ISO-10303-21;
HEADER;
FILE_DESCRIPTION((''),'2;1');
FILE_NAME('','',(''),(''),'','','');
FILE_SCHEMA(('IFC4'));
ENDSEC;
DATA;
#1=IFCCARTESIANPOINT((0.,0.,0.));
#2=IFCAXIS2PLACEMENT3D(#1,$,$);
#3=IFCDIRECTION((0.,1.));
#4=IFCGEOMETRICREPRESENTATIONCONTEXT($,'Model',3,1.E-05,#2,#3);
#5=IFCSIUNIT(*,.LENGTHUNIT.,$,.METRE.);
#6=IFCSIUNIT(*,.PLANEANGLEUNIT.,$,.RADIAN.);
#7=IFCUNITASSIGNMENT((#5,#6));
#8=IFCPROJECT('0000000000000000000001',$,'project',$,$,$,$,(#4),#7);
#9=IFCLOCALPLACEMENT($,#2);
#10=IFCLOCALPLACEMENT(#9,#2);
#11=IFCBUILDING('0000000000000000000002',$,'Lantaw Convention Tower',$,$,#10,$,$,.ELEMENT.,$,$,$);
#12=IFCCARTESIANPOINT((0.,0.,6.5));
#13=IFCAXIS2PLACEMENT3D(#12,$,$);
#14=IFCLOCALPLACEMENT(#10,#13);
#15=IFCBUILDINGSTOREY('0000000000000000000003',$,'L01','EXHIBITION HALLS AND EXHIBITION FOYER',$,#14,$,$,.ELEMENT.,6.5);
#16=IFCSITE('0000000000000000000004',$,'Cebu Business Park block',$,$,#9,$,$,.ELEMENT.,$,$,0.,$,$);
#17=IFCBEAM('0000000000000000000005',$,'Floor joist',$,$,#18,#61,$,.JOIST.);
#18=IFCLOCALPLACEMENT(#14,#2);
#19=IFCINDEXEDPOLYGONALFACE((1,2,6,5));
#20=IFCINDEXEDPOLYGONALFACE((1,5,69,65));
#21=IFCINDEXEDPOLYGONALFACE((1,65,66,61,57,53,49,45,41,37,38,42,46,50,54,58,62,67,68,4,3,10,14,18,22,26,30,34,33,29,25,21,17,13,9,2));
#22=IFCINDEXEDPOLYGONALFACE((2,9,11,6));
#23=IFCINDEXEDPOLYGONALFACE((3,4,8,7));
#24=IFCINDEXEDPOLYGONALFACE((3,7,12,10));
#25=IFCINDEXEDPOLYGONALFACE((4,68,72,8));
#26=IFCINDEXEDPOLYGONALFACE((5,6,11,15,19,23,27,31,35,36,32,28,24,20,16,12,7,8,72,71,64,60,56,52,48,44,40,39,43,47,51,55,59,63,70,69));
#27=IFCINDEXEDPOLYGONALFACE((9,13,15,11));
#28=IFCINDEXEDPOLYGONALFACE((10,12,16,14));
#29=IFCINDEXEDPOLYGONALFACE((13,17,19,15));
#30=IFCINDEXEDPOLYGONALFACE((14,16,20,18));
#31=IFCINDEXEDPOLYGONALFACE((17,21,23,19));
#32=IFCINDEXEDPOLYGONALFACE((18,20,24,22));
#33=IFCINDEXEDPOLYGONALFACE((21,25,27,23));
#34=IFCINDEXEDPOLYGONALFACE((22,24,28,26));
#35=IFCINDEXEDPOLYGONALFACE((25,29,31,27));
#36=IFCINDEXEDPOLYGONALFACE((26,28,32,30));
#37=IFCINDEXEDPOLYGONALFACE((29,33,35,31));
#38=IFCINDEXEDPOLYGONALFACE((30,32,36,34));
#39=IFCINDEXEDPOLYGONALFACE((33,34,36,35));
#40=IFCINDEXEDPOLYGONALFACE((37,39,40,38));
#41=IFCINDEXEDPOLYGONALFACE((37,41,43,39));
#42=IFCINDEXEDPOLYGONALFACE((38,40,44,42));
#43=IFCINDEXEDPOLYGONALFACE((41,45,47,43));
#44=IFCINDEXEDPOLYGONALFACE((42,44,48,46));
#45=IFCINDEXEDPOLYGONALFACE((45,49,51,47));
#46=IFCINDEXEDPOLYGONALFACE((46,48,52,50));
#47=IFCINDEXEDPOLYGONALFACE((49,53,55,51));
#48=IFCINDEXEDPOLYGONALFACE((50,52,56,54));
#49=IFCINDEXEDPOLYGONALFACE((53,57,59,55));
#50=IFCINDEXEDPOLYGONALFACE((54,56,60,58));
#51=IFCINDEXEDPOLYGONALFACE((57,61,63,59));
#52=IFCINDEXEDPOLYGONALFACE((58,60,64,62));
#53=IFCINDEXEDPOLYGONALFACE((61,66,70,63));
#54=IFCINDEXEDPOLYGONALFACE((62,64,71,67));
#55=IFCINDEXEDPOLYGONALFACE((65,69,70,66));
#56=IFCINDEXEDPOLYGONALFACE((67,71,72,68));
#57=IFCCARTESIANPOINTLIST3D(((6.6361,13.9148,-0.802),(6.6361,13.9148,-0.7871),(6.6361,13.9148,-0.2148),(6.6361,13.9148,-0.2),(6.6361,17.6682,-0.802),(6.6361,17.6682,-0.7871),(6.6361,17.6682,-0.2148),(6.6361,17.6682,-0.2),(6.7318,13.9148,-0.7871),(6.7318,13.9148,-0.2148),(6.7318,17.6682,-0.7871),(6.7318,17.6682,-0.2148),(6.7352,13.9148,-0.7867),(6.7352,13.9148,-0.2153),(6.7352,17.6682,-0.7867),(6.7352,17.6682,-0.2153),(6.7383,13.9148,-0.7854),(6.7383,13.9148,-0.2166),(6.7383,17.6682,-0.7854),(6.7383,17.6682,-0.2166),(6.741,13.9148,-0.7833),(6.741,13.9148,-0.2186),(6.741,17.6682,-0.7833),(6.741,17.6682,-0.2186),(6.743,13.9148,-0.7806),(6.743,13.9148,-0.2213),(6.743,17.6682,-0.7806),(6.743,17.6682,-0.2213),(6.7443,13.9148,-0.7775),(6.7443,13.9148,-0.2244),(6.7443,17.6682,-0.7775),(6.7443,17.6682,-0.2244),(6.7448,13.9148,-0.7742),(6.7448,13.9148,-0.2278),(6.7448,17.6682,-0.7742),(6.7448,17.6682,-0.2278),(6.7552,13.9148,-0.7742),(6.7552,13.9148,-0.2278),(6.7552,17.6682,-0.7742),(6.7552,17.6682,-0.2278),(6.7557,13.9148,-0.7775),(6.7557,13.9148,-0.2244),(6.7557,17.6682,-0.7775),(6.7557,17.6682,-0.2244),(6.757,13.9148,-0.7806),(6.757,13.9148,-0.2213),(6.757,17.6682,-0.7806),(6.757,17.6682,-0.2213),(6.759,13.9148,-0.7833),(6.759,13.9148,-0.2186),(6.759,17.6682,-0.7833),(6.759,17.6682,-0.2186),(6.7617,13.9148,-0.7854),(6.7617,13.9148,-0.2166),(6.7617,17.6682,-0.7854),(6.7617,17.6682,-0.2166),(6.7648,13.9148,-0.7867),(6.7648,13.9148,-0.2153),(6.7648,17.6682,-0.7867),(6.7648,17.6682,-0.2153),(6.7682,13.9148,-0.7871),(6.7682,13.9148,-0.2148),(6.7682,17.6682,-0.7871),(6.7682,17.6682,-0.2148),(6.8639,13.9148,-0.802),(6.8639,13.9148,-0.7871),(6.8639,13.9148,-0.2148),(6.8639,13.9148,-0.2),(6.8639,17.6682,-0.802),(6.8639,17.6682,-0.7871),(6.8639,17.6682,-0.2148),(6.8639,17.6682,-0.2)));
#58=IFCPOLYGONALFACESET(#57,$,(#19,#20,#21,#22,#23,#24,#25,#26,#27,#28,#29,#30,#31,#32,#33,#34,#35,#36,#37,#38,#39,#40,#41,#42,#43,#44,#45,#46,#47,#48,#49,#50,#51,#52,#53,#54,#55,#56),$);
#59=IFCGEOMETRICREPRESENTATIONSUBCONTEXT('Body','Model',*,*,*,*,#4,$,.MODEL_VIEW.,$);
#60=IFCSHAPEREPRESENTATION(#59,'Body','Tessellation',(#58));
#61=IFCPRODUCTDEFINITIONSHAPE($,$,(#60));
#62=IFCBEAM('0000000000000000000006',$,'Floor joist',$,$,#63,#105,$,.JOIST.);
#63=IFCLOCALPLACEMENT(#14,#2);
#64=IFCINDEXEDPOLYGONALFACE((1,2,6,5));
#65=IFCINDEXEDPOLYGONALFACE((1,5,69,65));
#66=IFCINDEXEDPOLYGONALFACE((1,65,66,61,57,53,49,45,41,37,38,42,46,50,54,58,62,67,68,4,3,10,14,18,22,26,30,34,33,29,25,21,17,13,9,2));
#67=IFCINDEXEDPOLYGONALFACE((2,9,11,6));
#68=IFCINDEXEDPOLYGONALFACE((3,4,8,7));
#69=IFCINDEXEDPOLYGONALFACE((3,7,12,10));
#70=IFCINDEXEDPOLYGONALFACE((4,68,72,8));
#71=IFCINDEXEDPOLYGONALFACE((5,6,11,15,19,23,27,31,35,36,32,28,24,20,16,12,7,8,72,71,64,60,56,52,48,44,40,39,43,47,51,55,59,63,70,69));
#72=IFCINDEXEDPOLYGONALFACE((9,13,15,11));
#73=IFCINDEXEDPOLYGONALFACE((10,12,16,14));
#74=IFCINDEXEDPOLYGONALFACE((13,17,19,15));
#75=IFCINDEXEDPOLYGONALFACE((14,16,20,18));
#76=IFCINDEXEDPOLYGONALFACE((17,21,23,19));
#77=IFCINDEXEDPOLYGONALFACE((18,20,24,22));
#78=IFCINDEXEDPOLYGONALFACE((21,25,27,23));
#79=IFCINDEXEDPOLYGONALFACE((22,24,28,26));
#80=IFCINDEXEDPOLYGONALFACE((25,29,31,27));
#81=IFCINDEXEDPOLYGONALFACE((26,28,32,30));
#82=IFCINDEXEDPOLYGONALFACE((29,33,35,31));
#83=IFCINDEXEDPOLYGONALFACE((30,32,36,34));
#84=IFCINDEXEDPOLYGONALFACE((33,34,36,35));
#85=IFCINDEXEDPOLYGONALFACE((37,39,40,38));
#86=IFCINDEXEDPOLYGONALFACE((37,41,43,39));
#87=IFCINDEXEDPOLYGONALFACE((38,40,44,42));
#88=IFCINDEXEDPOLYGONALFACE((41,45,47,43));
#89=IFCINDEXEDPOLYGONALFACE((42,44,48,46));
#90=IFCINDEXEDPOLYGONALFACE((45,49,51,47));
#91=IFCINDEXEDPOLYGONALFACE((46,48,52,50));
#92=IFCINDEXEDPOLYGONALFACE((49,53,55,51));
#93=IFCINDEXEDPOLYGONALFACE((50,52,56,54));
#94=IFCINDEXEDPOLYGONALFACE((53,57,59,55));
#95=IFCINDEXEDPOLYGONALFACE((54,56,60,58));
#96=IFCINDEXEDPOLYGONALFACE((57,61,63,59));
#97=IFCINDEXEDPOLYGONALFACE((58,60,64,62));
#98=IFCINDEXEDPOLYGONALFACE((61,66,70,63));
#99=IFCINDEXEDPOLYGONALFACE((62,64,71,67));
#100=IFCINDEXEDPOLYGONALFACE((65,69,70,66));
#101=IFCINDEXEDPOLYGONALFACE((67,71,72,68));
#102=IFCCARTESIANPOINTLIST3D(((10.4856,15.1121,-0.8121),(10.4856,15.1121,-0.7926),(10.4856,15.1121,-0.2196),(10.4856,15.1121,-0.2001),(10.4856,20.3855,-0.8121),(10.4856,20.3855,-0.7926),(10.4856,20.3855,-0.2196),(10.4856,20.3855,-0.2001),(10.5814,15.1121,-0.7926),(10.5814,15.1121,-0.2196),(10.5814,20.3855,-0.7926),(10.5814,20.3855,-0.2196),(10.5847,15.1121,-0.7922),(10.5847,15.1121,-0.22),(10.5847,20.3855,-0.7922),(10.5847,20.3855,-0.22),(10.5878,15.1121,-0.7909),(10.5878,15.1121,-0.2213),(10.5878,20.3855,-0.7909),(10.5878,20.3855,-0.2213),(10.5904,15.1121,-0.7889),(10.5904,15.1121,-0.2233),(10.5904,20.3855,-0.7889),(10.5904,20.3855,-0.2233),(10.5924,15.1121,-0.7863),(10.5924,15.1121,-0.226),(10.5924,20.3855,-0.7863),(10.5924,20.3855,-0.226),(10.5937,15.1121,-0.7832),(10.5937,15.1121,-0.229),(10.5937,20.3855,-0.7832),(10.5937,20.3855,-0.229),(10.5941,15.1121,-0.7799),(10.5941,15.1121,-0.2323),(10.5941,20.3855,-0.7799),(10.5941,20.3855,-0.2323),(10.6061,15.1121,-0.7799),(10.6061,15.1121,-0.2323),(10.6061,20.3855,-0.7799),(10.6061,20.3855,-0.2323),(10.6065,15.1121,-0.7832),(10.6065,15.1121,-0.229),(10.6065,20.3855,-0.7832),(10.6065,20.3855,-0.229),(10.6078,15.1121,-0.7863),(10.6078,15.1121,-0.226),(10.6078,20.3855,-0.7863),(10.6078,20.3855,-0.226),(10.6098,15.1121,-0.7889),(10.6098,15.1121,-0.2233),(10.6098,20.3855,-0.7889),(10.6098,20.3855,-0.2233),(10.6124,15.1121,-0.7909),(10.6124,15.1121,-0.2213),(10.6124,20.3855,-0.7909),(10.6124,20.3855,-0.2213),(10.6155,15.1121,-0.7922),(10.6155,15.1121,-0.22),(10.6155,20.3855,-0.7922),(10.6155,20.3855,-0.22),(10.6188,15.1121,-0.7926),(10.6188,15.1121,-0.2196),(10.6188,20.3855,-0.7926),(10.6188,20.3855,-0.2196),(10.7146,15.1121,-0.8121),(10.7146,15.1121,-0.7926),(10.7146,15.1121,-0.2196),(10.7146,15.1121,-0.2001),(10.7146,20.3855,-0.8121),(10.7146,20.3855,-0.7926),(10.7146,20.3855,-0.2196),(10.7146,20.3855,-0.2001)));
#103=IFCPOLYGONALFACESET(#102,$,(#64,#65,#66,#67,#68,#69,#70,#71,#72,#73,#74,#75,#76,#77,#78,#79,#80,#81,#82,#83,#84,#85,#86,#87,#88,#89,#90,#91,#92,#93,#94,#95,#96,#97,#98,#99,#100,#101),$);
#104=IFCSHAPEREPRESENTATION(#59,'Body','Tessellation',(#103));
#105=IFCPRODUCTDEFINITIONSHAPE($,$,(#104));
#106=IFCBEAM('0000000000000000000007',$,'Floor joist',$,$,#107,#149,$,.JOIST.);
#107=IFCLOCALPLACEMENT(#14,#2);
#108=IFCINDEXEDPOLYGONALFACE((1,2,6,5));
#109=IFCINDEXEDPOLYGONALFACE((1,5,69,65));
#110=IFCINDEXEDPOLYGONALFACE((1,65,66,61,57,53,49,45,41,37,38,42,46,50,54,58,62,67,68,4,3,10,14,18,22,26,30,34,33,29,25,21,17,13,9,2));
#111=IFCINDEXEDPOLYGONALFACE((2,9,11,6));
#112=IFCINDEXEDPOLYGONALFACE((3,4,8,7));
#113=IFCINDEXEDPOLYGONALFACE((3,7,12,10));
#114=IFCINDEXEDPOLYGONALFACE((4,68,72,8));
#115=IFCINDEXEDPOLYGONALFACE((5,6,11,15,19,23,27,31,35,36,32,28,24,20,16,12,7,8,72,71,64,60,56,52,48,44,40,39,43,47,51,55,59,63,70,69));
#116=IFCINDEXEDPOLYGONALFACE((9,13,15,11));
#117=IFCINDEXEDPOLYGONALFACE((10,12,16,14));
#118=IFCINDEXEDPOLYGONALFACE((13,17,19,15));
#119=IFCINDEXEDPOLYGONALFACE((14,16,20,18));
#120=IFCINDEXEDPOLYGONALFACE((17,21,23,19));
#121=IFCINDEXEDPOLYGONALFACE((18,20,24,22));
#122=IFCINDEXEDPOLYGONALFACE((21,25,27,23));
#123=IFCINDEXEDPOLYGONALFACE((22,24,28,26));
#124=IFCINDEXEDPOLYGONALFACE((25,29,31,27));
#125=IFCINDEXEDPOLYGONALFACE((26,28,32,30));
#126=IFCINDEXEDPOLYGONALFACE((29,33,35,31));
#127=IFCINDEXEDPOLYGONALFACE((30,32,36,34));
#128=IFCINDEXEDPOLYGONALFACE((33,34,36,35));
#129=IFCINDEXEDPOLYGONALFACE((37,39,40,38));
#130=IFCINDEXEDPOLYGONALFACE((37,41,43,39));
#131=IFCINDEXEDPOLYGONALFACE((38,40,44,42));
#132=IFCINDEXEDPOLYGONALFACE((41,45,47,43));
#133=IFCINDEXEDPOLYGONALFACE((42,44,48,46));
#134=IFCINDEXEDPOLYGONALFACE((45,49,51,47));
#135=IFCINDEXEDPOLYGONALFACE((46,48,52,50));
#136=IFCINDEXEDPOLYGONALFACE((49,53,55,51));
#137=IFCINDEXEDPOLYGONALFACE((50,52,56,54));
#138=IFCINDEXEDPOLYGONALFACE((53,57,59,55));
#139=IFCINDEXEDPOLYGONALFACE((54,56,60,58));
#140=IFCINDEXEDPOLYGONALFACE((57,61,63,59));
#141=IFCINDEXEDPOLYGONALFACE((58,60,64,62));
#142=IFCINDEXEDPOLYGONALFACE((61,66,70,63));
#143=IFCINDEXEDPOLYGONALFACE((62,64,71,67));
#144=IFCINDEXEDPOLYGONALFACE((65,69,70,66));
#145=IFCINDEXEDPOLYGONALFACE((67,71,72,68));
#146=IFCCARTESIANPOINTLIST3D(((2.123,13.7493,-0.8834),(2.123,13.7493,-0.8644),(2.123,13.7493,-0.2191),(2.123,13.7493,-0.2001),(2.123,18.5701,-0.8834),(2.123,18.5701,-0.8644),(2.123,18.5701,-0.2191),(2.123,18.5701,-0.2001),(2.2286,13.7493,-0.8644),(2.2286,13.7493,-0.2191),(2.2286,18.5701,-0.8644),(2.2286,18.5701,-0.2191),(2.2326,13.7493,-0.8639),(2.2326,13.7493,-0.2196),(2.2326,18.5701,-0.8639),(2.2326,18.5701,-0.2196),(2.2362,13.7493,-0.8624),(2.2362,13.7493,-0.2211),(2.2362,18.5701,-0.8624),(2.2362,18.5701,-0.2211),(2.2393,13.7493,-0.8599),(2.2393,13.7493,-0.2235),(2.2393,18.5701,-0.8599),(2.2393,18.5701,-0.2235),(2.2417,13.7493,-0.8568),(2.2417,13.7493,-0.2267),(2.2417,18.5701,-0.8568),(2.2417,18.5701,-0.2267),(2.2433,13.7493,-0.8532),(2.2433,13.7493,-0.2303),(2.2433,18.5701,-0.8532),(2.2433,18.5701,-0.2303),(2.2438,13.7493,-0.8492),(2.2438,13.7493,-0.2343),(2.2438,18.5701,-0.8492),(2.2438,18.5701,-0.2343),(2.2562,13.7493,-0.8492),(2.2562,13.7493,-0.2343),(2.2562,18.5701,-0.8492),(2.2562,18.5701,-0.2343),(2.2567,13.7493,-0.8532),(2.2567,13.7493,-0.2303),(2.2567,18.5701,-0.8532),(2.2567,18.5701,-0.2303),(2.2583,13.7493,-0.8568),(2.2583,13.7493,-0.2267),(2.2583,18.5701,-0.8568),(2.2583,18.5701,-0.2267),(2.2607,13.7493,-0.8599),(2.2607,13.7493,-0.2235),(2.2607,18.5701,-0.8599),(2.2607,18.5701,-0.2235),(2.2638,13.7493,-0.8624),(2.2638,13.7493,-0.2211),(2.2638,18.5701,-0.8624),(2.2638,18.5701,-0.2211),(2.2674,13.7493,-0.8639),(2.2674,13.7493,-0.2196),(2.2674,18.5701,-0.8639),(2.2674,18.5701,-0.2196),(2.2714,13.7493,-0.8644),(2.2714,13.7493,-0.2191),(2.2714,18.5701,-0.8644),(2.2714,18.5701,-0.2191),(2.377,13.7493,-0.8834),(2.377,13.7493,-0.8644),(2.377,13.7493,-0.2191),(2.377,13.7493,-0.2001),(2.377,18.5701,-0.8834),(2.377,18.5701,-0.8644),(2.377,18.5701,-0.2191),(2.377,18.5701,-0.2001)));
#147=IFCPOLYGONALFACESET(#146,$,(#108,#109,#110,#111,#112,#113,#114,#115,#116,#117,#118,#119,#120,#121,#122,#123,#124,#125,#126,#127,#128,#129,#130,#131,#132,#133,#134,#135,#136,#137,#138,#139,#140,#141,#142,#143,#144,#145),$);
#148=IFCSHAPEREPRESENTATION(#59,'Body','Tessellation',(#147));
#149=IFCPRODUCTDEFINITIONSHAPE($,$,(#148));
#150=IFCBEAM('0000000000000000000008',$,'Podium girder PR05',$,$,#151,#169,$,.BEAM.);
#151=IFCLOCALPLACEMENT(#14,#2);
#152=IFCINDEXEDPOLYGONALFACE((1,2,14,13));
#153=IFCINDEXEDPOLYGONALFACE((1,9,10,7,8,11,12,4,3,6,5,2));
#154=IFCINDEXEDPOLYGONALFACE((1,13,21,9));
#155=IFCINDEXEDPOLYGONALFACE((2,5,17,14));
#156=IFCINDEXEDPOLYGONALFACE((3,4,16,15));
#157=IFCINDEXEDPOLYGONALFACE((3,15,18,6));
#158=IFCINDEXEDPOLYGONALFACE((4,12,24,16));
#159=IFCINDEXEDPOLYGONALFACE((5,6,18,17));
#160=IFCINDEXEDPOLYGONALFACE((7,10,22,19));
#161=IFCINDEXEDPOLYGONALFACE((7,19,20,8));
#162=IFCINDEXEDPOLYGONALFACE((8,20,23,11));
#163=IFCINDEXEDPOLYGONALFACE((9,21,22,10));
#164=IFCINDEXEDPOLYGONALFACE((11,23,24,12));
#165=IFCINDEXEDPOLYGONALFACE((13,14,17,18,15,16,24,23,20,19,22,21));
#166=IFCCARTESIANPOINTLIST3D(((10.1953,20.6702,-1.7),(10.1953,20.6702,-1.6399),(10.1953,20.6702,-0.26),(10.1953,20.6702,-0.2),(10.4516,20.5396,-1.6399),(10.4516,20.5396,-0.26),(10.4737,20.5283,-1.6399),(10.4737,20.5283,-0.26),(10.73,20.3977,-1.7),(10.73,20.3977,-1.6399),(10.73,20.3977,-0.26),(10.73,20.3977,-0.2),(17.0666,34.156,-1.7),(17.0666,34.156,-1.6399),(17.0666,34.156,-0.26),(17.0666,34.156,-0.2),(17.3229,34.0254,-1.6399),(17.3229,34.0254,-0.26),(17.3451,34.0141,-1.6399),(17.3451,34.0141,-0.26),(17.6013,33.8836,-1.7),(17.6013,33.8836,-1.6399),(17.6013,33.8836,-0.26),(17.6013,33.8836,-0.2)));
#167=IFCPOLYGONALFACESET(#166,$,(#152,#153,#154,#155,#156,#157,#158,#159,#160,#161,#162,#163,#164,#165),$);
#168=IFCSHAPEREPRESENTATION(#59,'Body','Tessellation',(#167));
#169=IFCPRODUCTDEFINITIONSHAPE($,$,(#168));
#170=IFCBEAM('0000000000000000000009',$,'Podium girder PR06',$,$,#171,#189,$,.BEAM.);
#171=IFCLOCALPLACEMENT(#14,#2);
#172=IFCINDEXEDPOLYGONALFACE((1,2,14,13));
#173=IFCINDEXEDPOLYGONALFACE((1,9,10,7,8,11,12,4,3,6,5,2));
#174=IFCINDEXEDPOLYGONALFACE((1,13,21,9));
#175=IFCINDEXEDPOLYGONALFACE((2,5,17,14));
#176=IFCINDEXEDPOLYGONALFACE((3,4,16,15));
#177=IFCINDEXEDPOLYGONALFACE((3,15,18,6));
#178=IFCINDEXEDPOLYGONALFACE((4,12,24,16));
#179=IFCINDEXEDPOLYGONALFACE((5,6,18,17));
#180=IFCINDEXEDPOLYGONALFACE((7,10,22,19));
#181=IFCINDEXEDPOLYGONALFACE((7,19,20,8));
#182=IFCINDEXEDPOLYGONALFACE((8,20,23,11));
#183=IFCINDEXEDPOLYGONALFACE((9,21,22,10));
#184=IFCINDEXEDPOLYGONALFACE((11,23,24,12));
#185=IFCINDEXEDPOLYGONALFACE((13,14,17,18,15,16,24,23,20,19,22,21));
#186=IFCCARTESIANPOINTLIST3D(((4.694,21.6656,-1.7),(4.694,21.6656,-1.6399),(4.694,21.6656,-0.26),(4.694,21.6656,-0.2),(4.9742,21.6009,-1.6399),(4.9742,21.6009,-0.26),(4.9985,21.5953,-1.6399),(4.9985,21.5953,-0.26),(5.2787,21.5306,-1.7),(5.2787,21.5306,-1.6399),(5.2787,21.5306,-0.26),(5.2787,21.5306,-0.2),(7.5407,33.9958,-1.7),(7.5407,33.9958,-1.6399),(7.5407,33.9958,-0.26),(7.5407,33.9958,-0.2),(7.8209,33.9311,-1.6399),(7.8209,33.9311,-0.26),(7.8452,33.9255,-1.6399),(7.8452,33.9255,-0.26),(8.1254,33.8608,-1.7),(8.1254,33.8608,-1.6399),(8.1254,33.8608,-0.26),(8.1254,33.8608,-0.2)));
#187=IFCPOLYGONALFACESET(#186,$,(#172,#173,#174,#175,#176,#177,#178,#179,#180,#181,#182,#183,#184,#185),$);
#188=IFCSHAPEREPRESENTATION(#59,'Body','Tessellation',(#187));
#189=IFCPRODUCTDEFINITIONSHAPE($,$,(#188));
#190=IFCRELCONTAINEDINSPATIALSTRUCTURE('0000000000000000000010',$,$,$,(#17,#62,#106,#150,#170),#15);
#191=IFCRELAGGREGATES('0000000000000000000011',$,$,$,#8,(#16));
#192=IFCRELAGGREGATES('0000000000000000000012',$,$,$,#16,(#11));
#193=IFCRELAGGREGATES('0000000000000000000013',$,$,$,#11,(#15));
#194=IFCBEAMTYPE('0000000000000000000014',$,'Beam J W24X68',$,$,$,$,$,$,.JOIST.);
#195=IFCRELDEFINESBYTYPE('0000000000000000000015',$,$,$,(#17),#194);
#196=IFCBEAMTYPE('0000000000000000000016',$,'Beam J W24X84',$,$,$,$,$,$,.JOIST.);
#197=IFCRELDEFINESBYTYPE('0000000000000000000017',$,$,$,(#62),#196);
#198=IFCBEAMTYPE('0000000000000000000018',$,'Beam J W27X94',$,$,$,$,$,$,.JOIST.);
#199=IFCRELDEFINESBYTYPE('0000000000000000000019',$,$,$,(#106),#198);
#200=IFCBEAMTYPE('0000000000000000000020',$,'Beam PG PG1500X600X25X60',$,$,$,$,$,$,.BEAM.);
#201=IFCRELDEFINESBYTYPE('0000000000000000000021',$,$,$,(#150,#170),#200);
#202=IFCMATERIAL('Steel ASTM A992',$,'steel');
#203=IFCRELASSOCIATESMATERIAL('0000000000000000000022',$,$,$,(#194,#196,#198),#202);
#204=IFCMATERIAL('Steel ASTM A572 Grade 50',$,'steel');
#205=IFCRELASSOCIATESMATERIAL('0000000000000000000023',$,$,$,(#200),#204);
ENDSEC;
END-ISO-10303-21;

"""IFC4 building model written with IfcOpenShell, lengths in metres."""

from ifc_helpers import new_model, si_unit, direction, frame, origin, origin_2d, place, context, subcontext, project, spatial, i_section, extrude, material, material_profile, profile_set, type_object, element, save


model = new_model("IFC4")

# Units and contexts
model_context = context("Model", 3, precision=1e-05, world=origin(), true_north=direction((0.0, 1.0)))
body_context = subcontext(model_context, "Body", "Model", "MODEL_VIEW")
ifc_project = project(units=[si_unit("LENGTHUNIT", "METRE"), si_unit("PLANEANGLEUNIT", "RADIAN")], contexts=[model_context])

# Site, building, storey
site_placement = place(None, origin())
site = spatial("IfcSite", under=ifc_project, at=site_placement, Name="Cebu Business Park block", CompositionType="ELEMENT", RefElevation=0.0)
building_placement = place(site_placement, origin())
building = spatial("IfcBuilding", under=site, at=building_placement, Name="Lantaw Convention Tower", CompositionType="ELEMENT")
storey_placement = place(building_placement, frame((0.0, 0.0, 6.5)))
storey = spatial("IfcBuildingStorey", under=building, at=storey_placement, Name="L01", Description="EXHIBITION HALLS AND EXHIBITION FOYER", CompositionType="ELEMENT", Elevation=6.5)

# Shared definitions
ifc_material_1 = material(Name="Steel ASTM A572 Grade 50", Category="steel")

# Beams
ifc_material_2 = material(Name="Steel ASTM A992", Category="steel")
ifc_material_profile_1 = material_profile(ifc_material_2, i_section(OverallWidth=0.2278, OverallDepth=0.6021, WebThickness=0.0105, FlangeThickness=0.0149, FilletRadius=0.0129, at=origin_2d()), Name="W24X68")
ifc_profile_set_1 = profile_set([ifc_material_profile_1], Name="Steel ASTM A992")
beam_type_1 = type_object("IfcBeamType", Name="Beam J W24X68", PredefinedType="JOIST", material=ifc_profile_set_1)
beam_1_placement = place(storey_placement, frame((6.75, 13.9148, -0.501), z_axis=(0.0, 1.0, 0.0), x_axis=(-1.0, 0.0, 0.0)))
element("IfcBeam", 1, at=beam_1_placement, inside=storey, type_object=beam_type_1, Name="Floor joist", PredefinedType="JOIST", context=body_context, shape_type="SweptSolid", body=[
    extrude(i_section(OverallWidth=0.2278, OverallDepth=0.6021, WebThickness=0.0105, FlangeThickness=0.0149, FilletRadius=0.0129, at=origin_2d()), origin(), (0.0, 0.0, 1.0), 3.7534),
])
ifc_material_profile_2 = material_profile(ifc_material_2, i_section(OverallWidth=0.229, OverallDepth=0.6121, WebThickness=0.012, FlangeThickness=0.0195, FilletRadius=0.0127, at=origin_2d()), Name="W24X84")
ifc_profile_set_2 = profile_set([ifc_material_profile_2], Name="Steel ASTM A992")
beam_type_2 = type_object("IfcBeamType", Name="Beam J W24X84", PredefinedType="JOIST", material=ifc_profile_set_2)
beam_2_placement = place(storey_placement, frame((10.6001, 15.1121, -0.5061), z_axis=(0.0, 1.0, 0.0), x_axis=(-1.0, 0.0, 0.0)))
element("IfcBeam", 2, at=beam_2_placement, inside=storey, type_object=beam_type_2, Name="Floor joist", PredefinedType="JOIST", context=body_context, shape_type="SweptSolid", body=[
    extrude(i_section(OverallWidth=0.229, OverallDepth=0.6121, WebThickness=0.012, FlangeThickness=0.0195, FilletRadius=0.0127, at=origin_2d()), origin(), (0.0, 0.0, 1.0), 5.2734),
])
ifc_material_profile_3 = material_profile(ifc_material_2, i_section(OverallWidth=0.2539, OverallDepth=0.6833, WebThickness=0.0125, FlangeThickness=0.019, FilletRadius=0.0151, at=origin_2d()), Name="W27X94")
ifc_profile_set_3 = profile_set([ifc_material_profile_3], Name="Steel ASTM A992")
beam_type_3 = type_object("IfcBeamType", Name="Beam J W27X94", PredefinedType="JOIST", material=ifc_profile_set_3)
beam_3_placement = place(storey_placement, frame((2.25, 13.7493, -0.5417), z_axis=(0.0, 1.0, 0.0), x_axis=(-1.0, 0.0, 0.0)))
element("IfcBeam", 3, at=beam_3_placement, inside=storey, type_object=beam_type_3, Name="Floor joist", PredefinedType="JOIST", context=body_context, shape_type="SweptSolid", body=[
    extrude(i_section(OverallWidth=0.2539, OverallDepth=0.6833, WebThickness=0.0125, FlangeThickness=0.019, FilletRadius=0.0151, at=origin_2d()), origin(), (0.0, 0.0, 1.0), 4.8208),
])
ifc_material_profile_4 = material_profile(ifc_material_1, i_section(OverallWidth=0.6001, OverallDepth=1.5, WebThickness=0.0249, FlangeThickness=0.0601, at=origin_2d()), Name="PG1500X600X25X60")
ifc_profile_set_4 = profile_set([ifc_material_profile_4], Name="Steel ASTM A572 Grade 50")
beam_type_4 = type_object("IfcBeamType", Name="Beam PG PG1500X600X25X60", PredefinedType="BEAM", material=ifc_profile_set_4)
beam_4_placement = place(storey_placement, frame((10.4626, 20.5339, -0.95), z_axis=(0.453988, 0.891008, 0.0), x_axis=(-0.891008, 0.453988, 0.0)))
element("IfcBeam", 4, at=beam_4_placement, inside=storey, type_object=beam_type_4, Name="Podium girder PR05", PredefinedType="BEAM", context=body_context, shape_type="SweptSolid", body=[
    extrude(i_section(OverallWidth=0.6001, OverallDepth=1.5, WebThickness=0.0249, FlangeThickness=0.0601, at=origin_2d()), origin(), (0.0, 0.0, 1.0), 15.1355),
])
beam_5_placement = place(storey_placement, frame((4.9863, 21.5981, -0.95), z_axis=(0.224955, 0.974369, 0.0), x_axis=(-0.974369, 0.224955, 0.0)))
element("IfcBeam", 5, at=beam_5_placement, inside=storey, type_object=beam_type_4, Name="Podium girder PR06", PredefinedType="BEAM", context=body_context, shape_type="SweptSolid", body=[
    extrude(i_section(OverallWidth=0.6001, OverallDepth=1.5, WebThickness=0.0249, FlangeThickness=0.0601, at=origin_2d()), origin(), (0.0, 0.0, 1.0), 12.6545),
])

save(model, "model.ifc")
